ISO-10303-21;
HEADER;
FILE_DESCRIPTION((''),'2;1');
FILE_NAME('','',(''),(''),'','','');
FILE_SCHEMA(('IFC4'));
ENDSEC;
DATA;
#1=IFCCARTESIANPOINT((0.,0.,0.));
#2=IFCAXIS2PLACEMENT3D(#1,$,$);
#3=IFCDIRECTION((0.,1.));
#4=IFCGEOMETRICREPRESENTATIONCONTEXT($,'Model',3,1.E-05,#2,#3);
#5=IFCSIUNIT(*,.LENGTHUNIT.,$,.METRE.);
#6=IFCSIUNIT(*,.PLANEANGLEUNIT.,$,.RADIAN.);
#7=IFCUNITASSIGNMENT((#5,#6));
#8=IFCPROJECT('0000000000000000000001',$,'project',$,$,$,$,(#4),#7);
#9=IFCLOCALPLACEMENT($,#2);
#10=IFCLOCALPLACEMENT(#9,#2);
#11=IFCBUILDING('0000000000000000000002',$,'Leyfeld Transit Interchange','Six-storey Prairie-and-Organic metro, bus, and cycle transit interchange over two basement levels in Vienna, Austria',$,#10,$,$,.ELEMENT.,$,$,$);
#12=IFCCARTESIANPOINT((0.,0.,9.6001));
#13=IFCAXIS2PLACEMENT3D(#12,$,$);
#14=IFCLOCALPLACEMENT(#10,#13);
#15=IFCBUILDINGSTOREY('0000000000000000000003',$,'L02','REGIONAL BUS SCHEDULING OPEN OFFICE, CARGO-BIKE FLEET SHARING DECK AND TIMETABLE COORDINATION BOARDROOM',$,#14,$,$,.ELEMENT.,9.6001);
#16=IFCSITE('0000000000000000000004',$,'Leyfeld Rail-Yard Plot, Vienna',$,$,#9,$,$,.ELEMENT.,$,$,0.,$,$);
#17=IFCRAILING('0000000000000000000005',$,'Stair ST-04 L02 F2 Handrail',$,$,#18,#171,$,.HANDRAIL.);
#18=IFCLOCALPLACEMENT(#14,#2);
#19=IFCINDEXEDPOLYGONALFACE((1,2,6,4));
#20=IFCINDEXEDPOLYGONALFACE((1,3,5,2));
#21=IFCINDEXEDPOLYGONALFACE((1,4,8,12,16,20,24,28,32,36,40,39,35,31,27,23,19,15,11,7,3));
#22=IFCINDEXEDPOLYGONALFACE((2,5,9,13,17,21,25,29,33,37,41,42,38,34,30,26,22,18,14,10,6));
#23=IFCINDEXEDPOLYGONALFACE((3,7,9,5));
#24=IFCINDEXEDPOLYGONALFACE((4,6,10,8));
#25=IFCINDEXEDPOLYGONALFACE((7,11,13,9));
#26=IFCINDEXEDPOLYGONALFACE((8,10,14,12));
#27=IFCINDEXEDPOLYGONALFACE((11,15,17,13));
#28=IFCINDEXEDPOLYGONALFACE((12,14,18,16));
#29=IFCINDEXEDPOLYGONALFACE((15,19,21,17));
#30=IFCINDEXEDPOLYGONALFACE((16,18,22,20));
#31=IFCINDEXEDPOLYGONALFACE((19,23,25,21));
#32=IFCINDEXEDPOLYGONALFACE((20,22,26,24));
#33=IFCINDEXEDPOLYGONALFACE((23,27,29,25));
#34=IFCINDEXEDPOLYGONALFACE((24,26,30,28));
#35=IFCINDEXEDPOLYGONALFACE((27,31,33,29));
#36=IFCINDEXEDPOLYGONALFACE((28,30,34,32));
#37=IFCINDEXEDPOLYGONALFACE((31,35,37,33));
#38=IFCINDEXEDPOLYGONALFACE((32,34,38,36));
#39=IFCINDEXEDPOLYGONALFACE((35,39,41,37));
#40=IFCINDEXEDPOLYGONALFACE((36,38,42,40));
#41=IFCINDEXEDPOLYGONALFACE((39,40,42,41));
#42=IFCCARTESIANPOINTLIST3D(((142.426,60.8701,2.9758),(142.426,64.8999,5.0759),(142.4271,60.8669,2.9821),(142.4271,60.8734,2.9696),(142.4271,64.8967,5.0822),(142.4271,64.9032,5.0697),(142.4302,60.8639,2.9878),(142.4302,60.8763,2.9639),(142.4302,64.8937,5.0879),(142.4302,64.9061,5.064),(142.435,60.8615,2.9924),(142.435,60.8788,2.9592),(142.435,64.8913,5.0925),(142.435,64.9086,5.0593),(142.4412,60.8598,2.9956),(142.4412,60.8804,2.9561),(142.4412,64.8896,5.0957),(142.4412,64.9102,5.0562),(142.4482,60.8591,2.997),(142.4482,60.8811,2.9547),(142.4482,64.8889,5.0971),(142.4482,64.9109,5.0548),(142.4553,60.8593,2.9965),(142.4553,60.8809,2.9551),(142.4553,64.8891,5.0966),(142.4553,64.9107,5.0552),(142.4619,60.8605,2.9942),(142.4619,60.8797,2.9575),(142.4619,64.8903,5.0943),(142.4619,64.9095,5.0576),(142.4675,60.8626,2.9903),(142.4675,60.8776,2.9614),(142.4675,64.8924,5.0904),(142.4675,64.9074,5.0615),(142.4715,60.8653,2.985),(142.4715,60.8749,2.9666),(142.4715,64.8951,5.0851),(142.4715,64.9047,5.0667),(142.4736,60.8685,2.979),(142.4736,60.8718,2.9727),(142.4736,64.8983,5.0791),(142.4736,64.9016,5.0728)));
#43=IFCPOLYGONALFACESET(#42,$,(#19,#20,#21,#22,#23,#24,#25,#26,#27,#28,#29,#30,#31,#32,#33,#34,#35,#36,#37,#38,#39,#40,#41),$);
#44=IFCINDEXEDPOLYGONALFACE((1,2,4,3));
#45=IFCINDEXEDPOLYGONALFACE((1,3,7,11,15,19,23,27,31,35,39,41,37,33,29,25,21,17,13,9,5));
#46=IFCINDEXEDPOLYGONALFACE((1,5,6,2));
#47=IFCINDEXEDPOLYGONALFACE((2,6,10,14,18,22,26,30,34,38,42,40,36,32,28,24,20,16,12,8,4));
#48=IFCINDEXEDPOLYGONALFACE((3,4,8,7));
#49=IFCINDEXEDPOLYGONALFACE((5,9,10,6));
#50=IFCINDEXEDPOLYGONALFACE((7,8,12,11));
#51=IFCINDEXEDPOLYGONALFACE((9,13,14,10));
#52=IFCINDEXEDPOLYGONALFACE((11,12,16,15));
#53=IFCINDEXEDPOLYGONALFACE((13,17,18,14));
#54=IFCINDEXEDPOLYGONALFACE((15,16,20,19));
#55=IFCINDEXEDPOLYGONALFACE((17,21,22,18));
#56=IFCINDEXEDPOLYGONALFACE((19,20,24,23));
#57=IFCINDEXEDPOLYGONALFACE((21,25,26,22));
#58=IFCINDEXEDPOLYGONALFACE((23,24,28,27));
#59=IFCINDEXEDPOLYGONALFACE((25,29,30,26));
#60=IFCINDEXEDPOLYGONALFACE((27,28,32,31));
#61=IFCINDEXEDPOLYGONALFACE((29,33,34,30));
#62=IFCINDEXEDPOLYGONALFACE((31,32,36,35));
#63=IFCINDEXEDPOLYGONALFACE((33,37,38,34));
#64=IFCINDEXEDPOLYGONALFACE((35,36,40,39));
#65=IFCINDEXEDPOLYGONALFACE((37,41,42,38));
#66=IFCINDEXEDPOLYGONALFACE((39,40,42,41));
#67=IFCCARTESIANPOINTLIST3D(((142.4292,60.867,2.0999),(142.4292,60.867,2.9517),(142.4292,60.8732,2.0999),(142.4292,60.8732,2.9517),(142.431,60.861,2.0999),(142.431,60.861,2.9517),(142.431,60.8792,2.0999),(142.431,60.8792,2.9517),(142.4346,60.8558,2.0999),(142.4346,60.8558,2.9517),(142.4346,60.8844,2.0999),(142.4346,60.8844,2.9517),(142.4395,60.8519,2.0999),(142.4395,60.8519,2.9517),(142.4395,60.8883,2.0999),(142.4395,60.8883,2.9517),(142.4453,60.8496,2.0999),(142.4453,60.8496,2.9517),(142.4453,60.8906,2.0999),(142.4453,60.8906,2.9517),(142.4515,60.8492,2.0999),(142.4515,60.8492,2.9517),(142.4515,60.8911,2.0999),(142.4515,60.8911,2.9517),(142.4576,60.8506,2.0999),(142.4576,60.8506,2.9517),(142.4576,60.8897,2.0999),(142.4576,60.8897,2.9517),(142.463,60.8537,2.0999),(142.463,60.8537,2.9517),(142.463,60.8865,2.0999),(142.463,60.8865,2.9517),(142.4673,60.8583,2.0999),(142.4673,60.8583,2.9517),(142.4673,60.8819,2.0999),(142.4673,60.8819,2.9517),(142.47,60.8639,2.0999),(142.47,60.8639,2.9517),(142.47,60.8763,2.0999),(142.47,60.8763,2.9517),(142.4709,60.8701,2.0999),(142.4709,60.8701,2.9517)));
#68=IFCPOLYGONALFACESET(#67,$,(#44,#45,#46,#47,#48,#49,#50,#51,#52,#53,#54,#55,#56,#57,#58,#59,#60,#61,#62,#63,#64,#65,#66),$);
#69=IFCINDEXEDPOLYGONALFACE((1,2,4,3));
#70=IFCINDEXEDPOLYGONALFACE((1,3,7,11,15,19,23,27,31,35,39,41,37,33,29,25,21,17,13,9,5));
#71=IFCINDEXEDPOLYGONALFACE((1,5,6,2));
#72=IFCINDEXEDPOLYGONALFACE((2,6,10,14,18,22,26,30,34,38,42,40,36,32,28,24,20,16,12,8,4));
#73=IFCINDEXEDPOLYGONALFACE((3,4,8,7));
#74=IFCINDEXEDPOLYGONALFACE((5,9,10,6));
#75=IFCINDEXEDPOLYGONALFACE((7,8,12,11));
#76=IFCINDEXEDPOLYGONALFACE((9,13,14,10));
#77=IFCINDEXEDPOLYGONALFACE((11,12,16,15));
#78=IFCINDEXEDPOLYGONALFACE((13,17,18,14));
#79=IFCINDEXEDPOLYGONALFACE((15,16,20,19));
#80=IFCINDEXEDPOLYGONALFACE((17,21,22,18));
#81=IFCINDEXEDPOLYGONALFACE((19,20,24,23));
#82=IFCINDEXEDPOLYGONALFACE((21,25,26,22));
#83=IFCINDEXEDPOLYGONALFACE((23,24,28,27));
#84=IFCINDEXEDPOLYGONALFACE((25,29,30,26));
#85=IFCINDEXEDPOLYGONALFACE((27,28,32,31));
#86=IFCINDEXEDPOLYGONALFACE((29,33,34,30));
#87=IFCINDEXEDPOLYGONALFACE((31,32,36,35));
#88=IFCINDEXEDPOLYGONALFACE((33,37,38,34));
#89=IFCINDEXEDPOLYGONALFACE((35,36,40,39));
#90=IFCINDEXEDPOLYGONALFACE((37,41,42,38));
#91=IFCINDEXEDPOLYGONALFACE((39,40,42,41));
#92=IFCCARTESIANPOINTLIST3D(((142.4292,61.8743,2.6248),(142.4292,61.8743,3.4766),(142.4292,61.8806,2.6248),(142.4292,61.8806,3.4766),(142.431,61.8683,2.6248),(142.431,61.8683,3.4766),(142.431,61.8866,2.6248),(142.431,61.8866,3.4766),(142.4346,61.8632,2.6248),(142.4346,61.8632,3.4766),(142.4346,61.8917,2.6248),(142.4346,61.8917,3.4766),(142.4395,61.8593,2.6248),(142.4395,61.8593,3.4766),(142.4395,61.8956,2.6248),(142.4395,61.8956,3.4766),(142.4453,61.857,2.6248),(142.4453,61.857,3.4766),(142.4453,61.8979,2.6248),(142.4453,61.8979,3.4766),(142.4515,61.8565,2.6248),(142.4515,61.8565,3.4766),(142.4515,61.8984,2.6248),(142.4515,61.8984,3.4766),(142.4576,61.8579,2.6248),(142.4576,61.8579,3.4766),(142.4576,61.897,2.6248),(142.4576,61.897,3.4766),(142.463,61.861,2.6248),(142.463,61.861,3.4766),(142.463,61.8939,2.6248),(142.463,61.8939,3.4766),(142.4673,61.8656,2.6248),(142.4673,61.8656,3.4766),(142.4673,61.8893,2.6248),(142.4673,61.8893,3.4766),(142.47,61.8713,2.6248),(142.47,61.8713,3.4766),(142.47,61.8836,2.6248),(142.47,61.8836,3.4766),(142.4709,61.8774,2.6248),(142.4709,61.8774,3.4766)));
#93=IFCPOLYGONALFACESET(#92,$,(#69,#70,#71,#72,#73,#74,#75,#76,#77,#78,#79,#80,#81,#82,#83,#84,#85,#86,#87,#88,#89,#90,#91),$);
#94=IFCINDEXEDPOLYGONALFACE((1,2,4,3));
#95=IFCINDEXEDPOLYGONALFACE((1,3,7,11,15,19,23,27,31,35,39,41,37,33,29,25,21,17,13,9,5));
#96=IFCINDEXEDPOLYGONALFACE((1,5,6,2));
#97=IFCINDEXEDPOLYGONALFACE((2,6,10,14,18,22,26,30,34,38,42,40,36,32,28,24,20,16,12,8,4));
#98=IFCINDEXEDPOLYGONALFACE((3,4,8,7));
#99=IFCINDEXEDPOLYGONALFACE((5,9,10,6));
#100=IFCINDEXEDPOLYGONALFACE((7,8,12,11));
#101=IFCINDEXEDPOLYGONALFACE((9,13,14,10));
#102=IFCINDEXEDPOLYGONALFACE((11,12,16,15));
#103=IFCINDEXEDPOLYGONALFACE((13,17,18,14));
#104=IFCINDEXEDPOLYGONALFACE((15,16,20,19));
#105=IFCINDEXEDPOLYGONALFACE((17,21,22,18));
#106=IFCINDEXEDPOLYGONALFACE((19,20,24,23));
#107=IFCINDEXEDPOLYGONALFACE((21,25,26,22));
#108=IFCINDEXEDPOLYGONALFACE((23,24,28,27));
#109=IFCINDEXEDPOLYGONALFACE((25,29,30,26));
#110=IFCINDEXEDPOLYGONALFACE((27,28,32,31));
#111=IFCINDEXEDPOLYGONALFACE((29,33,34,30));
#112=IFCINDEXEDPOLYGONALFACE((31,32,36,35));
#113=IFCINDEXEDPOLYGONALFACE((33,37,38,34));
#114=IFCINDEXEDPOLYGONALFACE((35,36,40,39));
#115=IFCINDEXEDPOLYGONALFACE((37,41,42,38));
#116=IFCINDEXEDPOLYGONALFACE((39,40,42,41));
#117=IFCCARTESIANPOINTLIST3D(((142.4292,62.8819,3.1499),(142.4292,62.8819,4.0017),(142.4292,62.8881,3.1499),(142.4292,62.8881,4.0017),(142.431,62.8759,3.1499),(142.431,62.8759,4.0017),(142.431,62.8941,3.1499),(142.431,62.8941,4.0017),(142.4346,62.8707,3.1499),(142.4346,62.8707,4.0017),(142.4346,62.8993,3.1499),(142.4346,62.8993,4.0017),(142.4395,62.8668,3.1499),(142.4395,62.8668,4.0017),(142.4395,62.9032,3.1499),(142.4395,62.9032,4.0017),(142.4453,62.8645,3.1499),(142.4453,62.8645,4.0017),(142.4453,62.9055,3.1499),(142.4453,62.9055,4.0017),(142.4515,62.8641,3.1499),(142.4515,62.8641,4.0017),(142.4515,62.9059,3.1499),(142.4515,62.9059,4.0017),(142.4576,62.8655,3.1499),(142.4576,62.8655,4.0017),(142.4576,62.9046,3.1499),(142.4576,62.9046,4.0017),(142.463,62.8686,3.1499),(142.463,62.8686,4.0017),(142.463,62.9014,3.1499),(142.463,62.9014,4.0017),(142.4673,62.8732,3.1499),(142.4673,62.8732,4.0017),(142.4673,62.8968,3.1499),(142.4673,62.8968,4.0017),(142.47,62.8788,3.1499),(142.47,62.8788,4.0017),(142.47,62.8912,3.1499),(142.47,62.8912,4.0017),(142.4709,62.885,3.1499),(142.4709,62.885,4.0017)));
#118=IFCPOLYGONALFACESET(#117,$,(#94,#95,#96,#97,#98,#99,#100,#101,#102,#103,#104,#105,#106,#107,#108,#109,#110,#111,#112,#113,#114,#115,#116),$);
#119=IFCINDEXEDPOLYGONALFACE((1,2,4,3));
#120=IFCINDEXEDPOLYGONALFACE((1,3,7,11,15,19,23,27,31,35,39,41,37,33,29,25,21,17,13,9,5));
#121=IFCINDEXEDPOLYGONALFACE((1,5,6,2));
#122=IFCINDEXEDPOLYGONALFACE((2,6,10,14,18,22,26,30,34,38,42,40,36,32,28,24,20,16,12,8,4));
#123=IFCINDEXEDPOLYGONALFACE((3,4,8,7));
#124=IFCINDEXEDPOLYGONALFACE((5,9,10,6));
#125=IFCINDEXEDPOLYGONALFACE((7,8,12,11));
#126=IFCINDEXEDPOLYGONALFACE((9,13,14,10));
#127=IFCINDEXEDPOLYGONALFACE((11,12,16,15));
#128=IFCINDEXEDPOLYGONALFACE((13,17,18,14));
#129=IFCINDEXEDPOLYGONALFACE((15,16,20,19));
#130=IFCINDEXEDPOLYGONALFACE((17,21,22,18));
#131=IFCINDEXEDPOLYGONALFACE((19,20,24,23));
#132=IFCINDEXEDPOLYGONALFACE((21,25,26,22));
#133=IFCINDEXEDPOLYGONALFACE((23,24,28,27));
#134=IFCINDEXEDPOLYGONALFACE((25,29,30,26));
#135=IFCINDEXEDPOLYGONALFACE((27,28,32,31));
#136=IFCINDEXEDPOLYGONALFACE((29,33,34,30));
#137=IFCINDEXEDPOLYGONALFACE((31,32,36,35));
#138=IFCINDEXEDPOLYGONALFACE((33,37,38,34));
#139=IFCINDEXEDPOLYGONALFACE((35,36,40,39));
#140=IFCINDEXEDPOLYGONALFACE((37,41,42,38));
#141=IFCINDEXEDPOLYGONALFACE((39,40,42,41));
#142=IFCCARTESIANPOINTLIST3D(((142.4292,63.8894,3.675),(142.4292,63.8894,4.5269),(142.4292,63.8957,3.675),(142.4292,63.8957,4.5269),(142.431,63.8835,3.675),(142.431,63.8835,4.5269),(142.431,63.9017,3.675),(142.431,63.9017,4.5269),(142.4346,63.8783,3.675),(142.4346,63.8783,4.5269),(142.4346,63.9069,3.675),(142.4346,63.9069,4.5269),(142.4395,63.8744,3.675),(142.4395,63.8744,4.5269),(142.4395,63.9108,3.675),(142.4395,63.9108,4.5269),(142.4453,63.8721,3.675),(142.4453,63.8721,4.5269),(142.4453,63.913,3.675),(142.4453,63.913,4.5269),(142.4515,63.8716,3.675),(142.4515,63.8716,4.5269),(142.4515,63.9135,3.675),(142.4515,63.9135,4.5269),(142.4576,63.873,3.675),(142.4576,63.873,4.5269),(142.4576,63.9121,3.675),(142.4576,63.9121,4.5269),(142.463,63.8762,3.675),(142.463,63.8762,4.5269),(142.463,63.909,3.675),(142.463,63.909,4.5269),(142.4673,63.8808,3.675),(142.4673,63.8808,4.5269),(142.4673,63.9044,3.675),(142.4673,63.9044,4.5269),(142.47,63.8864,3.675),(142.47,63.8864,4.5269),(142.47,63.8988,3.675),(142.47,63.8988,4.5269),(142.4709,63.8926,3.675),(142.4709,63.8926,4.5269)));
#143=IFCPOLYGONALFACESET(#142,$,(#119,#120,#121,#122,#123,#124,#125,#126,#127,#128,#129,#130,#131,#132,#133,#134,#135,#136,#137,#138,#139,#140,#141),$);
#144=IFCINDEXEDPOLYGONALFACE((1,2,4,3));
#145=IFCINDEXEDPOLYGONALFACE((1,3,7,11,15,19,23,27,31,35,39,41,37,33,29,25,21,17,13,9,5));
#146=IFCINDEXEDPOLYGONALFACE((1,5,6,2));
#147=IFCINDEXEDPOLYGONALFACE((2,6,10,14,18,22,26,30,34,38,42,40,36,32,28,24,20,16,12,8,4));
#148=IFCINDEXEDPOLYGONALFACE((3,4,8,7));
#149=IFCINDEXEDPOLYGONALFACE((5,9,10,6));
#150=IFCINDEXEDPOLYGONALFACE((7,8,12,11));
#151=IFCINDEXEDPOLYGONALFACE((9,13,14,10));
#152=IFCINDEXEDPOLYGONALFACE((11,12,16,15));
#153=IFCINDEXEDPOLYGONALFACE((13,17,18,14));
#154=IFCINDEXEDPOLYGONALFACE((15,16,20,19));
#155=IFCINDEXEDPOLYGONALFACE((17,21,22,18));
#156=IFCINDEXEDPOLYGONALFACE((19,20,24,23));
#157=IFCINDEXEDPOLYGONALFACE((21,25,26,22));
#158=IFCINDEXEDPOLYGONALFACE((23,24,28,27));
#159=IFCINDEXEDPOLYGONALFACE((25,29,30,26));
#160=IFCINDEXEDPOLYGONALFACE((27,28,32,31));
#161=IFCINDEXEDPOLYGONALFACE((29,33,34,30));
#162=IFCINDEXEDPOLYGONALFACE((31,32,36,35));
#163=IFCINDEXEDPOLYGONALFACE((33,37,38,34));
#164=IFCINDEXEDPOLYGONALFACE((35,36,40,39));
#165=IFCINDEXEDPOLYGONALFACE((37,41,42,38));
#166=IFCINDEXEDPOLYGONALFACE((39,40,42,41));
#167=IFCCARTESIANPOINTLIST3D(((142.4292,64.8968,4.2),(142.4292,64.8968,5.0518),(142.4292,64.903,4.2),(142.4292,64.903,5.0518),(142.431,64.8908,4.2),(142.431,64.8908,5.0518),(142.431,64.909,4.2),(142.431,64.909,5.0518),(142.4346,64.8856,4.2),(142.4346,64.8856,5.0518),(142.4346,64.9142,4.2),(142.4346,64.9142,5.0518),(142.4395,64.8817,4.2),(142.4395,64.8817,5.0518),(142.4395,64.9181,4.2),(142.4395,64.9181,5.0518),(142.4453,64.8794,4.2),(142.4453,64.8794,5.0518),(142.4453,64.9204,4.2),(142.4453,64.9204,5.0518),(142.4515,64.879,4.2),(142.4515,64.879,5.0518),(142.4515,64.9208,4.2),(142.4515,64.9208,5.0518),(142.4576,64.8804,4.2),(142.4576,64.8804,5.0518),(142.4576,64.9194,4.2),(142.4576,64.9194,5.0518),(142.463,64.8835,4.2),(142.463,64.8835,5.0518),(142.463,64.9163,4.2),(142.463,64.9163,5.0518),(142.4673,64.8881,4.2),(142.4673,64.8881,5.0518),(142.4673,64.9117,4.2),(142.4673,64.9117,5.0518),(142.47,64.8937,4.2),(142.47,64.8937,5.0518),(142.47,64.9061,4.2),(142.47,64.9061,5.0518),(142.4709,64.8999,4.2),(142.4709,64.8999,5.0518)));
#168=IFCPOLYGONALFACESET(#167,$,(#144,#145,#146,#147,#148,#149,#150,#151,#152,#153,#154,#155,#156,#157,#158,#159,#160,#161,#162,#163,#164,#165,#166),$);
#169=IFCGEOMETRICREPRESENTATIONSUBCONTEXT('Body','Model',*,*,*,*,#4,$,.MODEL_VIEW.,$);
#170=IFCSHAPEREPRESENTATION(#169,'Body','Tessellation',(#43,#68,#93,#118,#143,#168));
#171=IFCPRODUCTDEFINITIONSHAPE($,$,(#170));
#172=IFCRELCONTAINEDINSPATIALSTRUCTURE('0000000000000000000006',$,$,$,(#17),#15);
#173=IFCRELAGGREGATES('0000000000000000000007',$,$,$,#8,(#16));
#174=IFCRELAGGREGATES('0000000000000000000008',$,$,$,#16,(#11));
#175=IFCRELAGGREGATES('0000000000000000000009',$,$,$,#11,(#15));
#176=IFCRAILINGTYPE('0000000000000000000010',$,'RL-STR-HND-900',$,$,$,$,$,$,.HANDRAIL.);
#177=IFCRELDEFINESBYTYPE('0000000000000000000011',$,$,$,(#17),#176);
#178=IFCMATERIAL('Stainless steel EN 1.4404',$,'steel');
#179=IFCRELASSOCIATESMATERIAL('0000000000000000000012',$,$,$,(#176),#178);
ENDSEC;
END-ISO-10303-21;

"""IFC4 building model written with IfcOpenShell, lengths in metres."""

from ifc_helpers import new_model, si_unit, direction, frame, origin, origin_2d, place, context, subcontext, project, spatial, circle, extrude, material, type_object, element, save


model = new_model("IFC4")

# Units and contexts
model_context = context("Model", 3, precision=1e-05, world=origin(), true_north=direction((0.0, 1.0)))
body_context = subcontext(model_context, "Body", "Model", "MODEL_VIEW")
ifc_project = project(units=[si_unit("LENGTHUNIT", "METRE"), si_unit("PLANEANGLEUNIT", "RADIAN")], contexts=[model_context])

# Site, building, storey
site_placement = place(None, origin())
site = spatial("IfcSite", under=ifc_project, at=site_placement, Name="Leyfeld Rail-Yard Plot, Vienna", CompositionType="ELEMENT", RefElevation=0.0)
building_placement = place(site_placement, origin())
building = spatial("IfcBuilding", under=site, at=building_placement, Name="Leyfeld Transit Interchange", Description="Six-storey Prairie-and-Organic metro, bus, and cycle transit interchange over two basement levels in Vienna, Austria", CompositionType="ELEMENT")
storey_placement = place(building_placement, frame((0.0, 0.0, 9.6001)))
storey = spatial("IfcBuildingStorey", under=building, at=storey_placement, Name="L02", Description="REGIONAL BUS SCHEDULING OPEN OFFICE, CARGO-BIKE FLEET SHARING DECK AND TIMETABLE COORDINATION BOARDROOM", CompositionType="ELEMENT", Elevation=9.6001)

# Railing
ifc_material_1 = material(Name="Stainless steel EN 1.4404", Category="steel")
railing_type_1 = type_object("IfcRailingType", Name="RL-STR-HND-900", PredefinedType="HANDRAIL", material=ifc_material_1)
railing_1_placement = place(storey_placement, frame((142.45, 60.8701, 2.0999)))
element("IfcRailing", 1, at=railing_1_placement, inside=storey, type_object=railing_type_1, Name="Stair ST-04 L02 F2 Handrail", PredefinedType="HANDRAIL", context=body_context, shape_type="SweptSolid", body=[
    extrude(circle(Radius=0.0239, at=origin_2d()), frame((0.0, 0.0, 0.876), z_axis=(0.0, 0.886801, 0.462151), x_axis=(-1.0, 0.0, 0.0)), (0.0, 0.0, 1.0), 4.5442),
    extrude(circle(Radius=0.021, at=origin_2d()), origin(), (0.0, 0.0, 1.0), 0.8518),
    extrude(circle(Radius=0.021, at=origin_2d()), frame((0.0, 1.0073, 0.5249)), (0.0, 0.0, 1.0), 0.8518),
    extrude(circle(Radius=0.021, at=origin_2d()), frame((0.0, 2.0149, 1.05)), (0.0, 0.0, 1.0), 0.8518),
    extrude(circle(Radius=0.021, at=origin_2d()), frame((0.0, 3.0225, 1.5752)), (0.0, 0.0, 1.0), 0.8518),
    extrude(circle(Radius=0.021, at=origin_2d()), frame((0.0, 4.0298, 2.1001)), (0.0, 0.0, 1.0), 0.8518),
])

save(model, "model.ifc")
